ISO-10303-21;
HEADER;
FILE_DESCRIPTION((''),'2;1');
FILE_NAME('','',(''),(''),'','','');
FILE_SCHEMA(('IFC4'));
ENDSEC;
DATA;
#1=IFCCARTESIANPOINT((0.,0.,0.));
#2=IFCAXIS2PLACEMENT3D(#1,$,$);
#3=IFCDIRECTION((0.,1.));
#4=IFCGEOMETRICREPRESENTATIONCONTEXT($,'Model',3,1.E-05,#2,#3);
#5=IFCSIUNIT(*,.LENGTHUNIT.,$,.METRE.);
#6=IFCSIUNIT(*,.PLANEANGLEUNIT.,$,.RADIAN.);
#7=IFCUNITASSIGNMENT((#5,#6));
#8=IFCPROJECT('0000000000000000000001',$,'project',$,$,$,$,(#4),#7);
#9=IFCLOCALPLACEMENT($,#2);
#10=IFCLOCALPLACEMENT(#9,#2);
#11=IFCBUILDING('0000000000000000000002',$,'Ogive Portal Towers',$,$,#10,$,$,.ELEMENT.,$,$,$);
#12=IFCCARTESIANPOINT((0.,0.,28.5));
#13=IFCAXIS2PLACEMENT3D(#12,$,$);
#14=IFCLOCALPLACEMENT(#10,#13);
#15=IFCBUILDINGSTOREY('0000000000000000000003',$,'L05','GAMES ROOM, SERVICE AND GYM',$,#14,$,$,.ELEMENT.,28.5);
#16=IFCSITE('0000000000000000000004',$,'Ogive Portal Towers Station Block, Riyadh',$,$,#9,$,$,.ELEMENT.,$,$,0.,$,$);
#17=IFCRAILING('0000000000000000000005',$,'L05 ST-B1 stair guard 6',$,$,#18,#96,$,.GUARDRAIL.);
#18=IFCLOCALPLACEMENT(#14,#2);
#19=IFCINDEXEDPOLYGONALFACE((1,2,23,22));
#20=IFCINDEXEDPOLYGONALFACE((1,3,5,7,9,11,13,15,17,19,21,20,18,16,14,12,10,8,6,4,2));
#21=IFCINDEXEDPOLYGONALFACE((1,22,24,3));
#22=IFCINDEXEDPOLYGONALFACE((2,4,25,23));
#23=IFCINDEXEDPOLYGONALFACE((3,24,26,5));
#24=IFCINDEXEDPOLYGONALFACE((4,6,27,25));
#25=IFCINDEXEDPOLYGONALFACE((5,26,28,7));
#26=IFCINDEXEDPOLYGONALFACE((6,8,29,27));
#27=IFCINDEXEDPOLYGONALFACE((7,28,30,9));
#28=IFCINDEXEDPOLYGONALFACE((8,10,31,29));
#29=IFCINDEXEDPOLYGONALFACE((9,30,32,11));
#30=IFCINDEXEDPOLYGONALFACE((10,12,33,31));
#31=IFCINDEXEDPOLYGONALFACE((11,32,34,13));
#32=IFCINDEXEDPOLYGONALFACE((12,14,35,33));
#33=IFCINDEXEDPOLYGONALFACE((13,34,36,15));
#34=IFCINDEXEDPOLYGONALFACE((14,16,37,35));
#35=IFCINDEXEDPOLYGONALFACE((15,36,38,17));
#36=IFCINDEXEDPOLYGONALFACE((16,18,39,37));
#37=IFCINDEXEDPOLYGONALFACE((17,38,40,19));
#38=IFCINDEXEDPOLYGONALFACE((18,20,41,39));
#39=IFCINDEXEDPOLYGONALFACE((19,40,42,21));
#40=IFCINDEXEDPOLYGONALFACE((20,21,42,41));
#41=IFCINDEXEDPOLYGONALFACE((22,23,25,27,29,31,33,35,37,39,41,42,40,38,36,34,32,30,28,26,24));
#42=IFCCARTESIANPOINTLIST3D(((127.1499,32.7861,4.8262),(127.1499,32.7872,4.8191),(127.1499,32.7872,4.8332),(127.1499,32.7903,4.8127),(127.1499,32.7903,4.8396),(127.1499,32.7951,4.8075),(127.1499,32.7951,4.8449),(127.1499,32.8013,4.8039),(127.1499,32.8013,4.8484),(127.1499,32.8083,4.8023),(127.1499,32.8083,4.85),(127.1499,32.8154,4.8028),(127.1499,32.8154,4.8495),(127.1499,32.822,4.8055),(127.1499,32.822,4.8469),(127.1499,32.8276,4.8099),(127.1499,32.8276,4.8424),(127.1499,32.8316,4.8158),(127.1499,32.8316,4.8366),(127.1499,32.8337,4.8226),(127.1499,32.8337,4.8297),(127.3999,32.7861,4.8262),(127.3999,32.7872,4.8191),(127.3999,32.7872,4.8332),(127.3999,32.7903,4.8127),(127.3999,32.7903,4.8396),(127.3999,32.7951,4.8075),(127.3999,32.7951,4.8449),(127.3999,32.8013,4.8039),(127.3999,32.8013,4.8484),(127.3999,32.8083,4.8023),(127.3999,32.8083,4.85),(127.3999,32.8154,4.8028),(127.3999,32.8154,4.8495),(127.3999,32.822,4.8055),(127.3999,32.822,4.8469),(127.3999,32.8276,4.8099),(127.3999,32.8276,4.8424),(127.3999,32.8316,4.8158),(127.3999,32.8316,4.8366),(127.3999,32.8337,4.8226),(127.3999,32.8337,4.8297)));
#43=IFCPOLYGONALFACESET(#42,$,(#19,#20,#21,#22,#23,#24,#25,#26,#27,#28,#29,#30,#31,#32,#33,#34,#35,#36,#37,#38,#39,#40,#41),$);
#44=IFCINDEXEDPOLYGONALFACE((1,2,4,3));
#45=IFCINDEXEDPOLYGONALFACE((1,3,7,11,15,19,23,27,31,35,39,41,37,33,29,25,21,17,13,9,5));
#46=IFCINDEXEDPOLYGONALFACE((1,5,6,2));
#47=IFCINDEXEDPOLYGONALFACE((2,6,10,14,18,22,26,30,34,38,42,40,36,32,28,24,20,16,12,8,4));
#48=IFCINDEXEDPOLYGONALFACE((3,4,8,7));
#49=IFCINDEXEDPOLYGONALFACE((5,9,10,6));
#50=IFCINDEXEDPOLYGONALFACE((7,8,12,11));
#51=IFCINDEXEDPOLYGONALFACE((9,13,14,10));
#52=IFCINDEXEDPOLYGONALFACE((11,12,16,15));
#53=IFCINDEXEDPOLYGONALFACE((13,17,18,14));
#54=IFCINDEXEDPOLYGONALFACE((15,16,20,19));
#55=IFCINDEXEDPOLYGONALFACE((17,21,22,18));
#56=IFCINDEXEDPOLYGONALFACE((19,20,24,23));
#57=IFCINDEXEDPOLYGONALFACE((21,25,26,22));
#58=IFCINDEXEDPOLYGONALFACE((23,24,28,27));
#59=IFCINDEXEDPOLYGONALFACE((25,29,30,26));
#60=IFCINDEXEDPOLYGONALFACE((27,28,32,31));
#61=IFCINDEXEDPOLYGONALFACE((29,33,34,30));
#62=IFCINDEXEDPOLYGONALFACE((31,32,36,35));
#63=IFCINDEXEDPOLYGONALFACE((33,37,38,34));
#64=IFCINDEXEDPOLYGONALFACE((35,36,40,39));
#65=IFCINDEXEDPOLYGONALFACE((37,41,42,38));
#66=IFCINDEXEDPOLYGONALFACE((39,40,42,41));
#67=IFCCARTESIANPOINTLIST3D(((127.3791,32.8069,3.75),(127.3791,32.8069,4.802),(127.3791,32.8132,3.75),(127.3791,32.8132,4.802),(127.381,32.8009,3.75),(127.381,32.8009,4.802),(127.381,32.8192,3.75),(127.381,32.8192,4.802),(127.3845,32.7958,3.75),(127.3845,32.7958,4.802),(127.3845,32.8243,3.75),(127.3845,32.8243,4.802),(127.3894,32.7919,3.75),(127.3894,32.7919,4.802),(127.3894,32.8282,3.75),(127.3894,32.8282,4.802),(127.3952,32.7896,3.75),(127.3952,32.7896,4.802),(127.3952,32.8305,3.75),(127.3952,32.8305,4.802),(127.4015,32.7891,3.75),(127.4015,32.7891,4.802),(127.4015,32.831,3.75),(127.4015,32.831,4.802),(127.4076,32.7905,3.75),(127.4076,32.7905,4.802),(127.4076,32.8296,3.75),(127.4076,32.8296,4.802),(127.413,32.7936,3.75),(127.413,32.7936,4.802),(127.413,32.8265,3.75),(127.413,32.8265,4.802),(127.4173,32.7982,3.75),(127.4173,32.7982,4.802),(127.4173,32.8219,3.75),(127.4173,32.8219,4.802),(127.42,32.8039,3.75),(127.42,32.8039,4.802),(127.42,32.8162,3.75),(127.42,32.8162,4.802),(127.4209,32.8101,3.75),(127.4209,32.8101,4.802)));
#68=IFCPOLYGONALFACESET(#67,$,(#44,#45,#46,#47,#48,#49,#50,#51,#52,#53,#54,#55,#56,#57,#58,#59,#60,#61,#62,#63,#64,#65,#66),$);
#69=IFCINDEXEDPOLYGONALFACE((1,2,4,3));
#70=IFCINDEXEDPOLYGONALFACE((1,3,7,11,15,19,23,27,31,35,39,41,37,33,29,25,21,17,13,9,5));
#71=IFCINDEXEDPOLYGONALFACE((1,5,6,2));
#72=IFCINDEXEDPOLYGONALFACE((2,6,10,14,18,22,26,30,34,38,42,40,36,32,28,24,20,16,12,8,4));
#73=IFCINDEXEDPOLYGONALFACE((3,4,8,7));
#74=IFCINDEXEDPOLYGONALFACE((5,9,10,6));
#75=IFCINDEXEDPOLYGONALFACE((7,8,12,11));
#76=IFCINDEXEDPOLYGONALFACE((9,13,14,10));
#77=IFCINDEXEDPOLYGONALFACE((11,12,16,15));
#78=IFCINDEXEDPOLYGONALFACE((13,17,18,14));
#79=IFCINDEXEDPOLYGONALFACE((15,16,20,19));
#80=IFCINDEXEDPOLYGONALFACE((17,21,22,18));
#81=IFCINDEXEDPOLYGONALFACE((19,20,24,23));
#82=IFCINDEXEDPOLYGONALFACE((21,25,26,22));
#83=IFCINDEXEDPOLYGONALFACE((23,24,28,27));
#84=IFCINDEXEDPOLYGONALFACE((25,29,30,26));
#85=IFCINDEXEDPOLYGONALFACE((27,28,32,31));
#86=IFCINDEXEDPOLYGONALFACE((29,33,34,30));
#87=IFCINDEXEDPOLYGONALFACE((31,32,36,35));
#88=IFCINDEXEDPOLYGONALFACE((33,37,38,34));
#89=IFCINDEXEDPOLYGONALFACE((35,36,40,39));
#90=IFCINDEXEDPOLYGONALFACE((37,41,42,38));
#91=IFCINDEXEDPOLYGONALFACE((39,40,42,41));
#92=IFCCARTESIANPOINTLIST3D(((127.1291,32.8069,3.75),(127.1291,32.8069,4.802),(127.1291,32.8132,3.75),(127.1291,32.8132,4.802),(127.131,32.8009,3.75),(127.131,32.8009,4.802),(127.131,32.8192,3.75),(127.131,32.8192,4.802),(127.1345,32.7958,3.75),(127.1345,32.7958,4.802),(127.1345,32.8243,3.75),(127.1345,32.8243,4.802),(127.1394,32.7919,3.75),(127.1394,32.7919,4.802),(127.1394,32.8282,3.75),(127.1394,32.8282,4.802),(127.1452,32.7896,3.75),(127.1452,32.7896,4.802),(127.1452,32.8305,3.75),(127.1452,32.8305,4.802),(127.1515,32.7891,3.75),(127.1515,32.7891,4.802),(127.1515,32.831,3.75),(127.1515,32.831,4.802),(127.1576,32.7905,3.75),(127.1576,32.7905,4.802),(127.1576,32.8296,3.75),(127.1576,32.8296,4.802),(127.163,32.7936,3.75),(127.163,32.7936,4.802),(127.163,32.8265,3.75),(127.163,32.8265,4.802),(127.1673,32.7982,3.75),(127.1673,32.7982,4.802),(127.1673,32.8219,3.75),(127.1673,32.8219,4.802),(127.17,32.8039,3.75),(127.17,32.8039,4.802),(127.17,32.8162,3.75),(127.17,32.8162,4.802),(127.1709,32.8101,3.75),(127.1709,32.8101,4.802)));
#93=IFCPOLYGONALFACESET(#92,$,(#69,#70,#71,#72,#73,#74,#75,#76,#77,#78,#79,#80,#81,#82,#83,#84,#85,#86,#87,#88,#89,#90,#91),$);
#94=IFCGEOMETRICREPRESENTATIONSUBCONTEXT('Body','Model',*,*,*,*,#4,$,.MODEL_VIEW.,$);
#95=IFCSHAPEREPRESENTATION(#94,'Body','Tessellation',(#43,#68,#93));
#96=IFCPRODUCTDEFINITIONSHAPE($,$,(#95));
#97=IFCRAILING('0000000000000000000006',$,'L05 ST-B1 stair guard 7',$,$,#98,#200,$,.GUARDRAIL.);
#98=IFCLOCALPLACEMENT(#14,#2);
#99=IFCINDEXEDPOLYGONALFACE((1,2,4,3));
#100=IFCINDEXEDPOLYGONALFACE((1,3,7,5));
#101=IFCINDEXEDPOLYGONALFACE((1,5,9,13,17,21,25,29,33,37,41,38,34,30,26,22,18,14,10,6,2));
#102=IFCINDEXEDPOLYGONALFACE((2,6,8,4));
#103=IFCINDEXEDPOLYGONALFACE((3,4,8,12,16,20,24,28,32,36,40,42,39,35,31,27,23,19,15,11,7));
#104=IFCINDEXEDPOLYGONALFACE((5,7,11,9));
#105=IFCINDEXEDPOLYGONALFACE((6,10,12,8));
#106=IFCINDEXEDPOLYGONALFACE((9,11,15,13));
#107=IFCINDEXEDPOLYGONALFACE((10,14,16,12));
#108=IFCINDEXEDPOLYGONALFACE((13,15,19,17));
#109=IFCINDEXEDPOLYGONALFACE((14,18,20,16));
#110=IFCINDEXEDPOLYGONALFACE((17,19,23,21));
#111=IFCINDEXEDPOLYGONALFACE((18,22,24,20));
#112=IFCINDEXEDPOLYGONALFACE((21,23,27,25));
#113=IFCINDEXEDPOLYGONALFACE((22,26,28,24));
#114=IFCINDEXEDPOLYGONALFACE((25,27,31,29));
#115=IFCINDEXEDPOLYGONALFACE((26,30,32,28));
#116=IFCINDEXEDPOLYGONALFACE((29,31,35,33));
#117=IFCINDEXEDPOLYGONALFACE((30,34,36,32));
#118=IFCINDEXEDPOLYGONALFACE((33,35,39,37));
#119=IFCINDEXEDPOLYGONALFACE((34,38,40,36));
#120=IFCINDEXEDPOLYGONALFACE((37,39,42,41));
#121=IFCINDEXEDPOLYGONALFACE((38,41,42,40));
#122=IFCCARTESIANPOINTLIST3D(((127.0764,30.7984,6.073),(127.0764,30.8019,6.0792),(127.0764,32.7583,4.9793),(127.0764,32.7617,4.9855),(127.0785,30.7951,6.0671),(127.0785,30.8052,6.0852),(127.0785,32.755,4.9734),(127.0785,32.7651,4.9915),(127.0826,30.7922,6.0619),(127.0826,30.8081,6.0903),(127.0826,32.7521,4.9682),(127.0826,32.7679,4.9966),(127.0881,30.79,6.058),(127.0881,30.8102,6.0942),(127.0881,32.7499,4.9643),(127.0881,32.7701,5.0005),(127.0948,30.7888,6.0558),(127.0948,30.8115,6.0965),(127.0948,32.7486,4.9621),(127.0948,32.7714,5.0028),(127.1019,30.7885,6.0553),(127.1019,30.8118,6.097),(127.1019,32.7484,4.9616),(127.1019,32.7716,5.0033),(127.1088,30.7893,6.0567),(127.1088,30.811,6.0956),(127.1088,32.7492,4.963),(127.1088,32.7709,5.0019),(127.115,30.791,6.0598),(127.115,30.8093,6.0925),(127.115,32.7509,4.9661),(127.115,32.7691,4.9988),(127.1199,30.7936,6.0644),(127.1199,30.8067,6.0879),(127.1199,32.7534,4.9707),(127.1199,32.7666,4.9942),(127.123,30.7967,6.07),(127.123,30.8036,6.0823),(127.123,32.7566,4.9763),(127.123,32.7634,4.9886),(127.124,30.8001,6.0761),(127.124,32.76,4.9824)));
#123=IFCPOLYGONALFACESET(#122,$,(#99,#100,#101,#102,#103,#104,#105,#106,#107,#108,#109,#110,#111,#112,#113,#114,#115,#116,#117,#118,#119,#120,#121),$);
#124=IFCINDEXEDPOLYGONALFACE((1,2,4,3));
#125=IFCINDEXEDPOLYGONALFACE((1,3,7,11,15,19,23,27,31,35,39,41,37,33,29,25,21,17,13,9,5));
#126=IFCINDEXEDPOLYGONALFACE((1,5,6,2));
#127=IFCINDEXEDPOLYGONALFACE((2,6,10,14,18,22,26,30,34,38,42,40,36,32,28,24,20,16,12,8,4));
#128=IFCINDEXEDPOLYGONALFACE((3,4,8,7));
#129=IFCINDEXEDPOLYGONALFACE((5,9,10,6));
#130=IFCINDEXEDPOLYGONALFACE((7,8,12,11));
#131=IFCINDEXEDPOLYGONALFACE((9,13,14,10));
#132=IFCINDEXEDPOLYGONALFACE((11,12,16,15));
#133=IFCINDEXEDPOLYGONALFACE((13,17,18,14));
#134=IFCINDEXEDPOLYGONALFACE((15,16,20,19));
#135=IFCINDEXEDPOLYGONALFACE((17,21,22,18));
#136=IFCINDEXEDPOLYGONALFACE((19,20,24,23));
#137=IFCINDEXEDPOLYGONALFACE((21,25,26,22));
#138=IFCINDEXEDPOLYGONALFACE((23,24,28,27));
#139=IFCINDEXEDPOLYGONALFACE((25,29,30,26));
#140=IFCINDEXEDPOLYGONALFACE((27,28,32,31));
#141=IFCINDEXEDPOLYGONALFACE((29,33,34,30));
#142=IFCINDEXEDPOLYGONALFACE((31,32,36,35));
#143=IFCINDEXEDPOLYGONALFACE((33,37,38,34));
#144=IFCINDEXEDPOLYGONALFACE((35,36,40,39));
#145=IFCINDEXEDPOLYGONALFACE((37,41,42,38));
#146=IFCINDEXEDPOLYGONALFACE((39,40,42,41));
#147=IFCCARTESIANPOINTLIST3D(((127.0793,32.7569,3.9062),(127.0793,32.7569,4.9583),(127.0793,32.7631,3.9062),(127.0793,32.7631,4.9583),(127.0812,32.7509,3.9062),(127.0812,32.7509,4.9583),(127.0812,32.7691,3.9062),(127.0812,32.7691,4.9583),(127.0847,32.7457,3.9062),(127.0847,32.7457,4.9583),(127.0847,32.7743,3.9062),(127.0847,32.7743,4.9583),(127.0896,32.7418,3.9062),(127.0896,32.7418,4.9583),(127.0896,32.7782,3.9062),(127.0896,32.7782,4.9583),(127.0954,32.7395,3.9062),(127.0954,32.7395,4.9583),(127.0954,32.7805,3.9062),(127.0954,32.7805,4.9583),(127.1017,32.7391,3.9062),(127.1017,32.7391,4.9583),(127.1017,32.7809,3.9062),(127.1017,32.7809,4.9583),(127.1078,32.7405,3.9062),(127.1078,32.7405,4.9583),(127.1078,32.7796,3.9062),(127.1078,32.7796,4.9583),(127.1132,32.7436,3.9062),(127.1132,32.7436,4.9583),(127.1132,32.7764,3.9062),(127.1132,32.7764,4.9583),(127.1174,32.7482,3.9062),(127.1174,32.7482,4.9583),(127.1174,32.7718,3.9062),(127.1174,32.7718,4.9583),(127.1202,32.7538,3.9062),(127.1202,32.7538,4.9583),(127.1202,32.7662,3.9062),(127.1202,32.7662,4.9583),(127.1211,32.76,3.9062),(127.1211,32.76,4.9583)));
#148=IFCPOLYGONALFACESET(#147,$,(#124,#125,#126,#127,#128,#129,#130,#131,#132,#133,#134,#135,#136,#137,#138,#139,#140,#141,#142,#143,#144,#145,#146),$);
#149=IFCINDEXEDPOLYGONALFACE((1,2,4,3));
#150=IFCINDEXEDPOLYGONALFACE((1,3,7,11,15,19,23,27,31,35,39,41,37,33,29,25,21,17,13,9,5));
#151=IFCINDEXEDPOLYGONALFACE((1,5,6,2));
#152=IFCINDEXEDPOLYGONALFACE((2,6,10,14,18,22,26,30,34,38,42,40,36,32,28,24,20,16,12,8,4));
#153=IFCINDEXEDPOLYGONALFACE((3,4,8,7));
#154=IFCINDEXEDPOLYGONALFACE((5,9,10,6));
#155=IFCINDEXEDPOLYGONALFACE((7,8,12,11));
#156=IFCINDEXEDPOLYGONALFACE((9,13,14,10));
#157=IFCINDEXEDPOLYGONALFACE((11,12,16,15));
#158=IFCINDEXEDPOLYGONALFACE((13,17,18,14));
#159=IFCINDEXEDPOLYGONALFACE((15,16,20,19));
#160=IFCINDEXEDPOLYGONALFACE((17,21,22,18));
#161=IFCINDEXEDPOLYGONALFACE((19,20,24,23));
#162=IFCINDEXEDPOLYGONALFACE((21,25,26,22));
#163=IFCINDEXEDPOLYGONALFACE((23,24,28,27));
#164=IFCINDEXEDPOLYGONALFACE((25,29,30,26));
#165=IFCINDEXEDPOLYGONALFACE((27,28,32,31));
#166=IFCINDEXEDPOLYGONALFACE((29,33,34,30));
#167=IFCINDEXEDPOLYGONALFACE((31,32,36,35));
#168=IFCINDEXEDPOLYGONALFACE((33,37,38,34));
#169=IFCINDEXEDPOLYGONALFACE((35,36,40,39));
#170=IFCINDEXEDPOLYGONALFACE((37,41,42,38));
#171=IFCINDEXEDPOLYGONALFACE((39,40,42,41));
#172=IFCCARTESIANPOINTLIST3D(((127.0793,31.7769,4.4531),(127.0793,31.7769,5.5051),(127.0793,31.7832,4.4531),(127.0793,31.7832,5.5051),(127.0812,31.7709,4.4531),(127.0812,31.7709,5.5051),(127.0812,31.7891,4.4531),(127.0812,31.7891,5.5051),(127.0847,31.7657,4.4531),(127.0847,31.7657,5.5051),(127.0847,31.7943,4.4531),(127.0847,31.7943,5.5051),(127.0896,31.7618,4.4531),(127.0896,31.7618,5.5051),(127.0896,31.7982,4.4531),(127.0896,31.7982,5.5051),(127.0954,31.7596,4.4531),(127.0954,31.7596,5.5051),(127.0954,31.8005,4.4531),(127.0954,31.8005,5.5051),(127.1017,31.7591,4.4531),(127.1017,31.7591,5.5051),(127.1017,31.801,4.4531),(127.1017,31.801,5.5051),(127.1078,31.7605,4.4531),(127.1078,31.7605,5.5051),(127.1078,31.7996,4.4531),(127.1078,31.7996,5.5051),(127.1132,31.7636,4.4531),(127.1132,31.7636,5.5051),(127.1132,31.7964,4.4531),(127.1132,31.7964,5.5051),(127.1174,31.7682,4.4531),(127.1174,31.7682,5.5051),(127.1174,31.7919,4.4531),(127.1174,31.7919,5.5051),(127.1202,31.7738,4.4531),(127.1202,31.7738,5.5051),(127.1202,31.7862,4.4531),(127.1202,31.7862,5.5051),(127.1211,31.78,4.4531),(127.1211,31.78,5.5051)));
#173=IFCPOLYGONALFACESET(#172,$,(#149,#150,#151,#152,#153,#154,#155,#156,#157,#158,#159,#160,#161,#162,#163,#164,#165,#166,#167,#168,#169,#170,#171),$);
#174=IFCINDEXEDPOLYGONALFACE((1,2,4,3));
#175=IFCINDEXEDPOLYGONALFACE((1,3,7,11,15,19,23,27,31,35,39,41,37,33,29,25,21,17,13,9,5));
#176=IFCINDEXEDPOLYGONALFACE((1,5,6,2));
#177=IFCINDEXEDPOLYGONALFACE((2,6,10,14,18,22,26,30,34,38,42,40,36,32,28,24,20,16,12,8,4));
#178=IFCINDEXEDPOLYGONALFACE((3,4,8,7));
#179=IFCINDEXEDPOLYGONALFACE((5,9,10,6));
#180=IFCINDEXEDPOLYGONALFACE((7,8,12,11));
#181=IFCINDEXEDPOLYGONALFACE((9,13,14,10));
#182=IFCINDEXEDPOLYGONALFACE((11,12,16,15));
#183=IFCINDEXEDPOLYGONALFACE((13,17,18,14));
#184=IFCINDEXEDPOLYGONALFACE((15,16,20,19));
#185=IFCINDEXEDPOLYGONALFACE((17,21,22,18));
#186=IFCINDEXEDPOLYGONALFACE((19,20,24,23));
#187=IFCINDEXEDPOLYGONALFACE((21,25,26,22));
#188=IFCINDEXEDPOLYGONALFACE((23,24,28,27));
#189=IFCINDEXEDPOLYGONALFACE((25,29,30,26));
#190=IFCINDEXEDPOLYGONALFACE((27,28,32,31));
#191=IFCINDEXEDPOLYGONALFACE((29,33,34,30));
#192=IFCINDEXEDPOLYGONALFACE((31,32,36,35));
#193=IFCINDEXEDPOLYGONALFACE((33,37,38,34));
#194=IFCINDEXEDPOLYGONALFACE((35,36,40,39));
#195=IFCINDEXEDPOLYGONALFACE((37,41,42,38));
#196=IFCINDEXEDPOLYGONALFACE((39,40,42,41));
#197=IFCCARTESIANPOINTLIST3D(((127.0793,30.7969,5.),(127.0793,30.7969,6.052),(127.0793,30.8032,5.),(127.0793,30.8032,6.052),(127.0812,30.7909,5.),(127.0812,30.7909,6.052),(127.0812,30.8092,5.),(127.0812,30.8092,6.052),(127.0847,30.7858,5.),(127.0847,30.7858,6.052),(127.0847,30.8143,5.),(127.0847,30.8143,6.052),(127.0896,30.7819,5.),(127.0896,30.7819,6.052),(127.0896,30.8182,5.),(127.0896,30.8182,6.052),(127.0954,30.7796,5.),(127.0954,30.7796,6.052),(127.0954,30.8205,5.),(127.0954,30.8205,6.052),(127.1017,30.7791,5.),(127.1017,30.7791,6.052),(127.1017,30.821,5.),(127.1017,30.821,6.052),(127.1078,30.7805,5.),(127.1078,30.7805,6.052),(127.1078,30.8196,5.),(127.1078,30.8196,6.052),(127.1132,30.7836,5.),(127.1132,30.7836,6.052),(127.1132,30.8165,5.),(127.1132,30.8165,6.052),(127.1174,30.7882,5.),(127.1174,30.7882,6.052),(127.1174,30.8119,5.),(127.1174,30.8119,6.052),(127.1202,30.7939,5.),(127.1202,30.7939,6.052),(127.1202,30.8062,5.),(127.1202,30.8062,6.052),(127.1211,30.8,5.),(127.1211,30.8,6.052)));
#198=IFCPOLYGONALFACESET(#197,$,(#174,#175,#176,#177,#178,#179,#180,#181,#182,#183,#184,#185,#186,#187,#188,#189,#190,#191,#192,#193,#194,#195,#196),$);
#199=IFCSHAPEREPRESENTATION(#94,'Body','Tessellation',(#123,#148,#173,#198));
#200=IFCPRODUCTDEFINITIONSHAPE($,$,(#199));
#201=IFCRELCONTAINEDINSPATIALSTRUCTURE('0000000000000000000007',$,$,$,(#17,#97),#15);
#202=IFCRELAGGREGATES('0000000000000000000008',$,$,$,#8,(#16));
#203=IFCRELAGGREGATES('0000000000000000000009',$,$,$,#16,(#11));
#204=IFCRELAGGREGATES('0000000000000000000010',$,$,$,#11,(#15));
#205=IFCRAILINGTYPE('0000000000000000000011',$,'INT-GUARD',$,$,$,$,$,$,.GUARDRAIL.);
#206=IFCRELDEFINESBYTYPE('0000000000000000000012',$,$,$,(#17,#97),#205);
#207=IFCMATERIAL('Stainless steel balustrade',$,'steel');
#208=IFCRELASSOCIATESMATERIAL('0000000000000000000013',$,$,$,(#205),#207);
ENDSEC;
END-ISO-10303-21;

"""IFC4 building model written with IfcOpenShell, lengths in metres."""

from ifc_helpers import new_model, si_unit, direction, frame, origin, origin_2d, place, context, subcontext, project, spatial, circle, extrude, material, type_object, element, save


model = new_model("IFC4")

# Units and contexts
model_context = context("Model", 3, precision=1e-05, world=origin(), true_north=direction((0.0, 1.0)))
body_context = subcontext(model_context, "Body", "Model", "MODEL_VIEW")
ifc_project = project(units=[si_unit("LENGTHUNIT", "METRE"), si_unit("PLANEANGLEUNIT", "RADIAN")], contexts=[model_context])

# Site, building, storey
site_placement = place(None, origin())
site = spatial("IfcSite", under=ifc_project, at=site_placement, Name="Ogive Portal Towers Station Block, Riyadh", CompositionType="ELEMENT", RefElevation=0.0)
building_placement = place(site_placement, origin())
building = spatial("IfcBuilding", under=site, at=building_placement, Name="Ogive Portal Towers", CompositionType="ELEMENT")
storey_placement = place(building_placement, frame((0.0, 0.0, 28.5)))
storey = spatial("IfcBuildingStorey", under=building, at=storey_placement, Name="L05", Description="GAMES ROOM, SERVICE AND GYM", CompositionType="ELEMENT", Elevation=28.5)

# Railings
ifc_material_1 = material(Name="Stainless steel balustrade", Category="steel")
railing_type_1 = type_object("IfcRailingType", Name="INT-GUARD", PredefinedType="GUARDRAIL", material=ifc_material_1)
railing_1_placement = place(storey_placement, frame((127.3999, 32.8101, 3.75)))
element("IfcRailing", 1, at=railing_1_placement, inside=storey, type_object=railing_type_1, Name="L05 ST-B1 stair guard 6", PredefinedType="GUARDRAIL", context=body_context, shape_type="SweptSolid", body=[
    extrude(circle(Radius=0.0239, at=origin_2d()), frame((0.0, 0.0, 1.0762), z_axis=(-1.0, 0.0, 0.0), x_axis=(0.0, -1.0, 0.0)), (0.0, 0.0, 1.0), 0.25),
    extrude(circle(Radius=0.021, at=origin_2d()), origin(), (0.0, 0.0, 1.0), 1.052),
    extrude(circle(Radius=0.021, at=origin_2d()), frame((-0.25, 0.0, 0.0)), (0.0, 0.0, 1.0), 1.052),
])
railing_2_placement = place(storey_placement, frame((127.1001, 32.76, 3.9062)))
element("IfcRailing", 2, at=railing_2_placement, inside=storey, type_object=railing_type_1, Name="L05 ST-B1 stair guard 7", PredefinedType="GUARDRAIL", context=body_context, shape_type="SweptSolid", body=[
    extrude(circle(Radius=0.0239, at=origin_2d()), frame((0.0, 0.0, 1.0762), z_axis=(0.0, -0.873232, 0.487304), x_axis=(1.0, 0.0, 0.0)), (0.0, 0.0, 1.0), 2.2444),
    extrude(circle(Radius=0.021, at=origin_2d()), origin(), (0.0, 0.0, 1.0), 1.052),
    extrude(circle(Radius=0.021, at=origin_2d()), frame((0.0, -0.98, 0.5469)), (0.0, 0.0, 1.0), 1.052),
    extrude(circle(Radius=0.021, at=origin_2d()), frame((0.0, -1.96, 1.0938)), (0.0, 0.0, 1.0), 1.052),
])

save(model, "model.ifc")
